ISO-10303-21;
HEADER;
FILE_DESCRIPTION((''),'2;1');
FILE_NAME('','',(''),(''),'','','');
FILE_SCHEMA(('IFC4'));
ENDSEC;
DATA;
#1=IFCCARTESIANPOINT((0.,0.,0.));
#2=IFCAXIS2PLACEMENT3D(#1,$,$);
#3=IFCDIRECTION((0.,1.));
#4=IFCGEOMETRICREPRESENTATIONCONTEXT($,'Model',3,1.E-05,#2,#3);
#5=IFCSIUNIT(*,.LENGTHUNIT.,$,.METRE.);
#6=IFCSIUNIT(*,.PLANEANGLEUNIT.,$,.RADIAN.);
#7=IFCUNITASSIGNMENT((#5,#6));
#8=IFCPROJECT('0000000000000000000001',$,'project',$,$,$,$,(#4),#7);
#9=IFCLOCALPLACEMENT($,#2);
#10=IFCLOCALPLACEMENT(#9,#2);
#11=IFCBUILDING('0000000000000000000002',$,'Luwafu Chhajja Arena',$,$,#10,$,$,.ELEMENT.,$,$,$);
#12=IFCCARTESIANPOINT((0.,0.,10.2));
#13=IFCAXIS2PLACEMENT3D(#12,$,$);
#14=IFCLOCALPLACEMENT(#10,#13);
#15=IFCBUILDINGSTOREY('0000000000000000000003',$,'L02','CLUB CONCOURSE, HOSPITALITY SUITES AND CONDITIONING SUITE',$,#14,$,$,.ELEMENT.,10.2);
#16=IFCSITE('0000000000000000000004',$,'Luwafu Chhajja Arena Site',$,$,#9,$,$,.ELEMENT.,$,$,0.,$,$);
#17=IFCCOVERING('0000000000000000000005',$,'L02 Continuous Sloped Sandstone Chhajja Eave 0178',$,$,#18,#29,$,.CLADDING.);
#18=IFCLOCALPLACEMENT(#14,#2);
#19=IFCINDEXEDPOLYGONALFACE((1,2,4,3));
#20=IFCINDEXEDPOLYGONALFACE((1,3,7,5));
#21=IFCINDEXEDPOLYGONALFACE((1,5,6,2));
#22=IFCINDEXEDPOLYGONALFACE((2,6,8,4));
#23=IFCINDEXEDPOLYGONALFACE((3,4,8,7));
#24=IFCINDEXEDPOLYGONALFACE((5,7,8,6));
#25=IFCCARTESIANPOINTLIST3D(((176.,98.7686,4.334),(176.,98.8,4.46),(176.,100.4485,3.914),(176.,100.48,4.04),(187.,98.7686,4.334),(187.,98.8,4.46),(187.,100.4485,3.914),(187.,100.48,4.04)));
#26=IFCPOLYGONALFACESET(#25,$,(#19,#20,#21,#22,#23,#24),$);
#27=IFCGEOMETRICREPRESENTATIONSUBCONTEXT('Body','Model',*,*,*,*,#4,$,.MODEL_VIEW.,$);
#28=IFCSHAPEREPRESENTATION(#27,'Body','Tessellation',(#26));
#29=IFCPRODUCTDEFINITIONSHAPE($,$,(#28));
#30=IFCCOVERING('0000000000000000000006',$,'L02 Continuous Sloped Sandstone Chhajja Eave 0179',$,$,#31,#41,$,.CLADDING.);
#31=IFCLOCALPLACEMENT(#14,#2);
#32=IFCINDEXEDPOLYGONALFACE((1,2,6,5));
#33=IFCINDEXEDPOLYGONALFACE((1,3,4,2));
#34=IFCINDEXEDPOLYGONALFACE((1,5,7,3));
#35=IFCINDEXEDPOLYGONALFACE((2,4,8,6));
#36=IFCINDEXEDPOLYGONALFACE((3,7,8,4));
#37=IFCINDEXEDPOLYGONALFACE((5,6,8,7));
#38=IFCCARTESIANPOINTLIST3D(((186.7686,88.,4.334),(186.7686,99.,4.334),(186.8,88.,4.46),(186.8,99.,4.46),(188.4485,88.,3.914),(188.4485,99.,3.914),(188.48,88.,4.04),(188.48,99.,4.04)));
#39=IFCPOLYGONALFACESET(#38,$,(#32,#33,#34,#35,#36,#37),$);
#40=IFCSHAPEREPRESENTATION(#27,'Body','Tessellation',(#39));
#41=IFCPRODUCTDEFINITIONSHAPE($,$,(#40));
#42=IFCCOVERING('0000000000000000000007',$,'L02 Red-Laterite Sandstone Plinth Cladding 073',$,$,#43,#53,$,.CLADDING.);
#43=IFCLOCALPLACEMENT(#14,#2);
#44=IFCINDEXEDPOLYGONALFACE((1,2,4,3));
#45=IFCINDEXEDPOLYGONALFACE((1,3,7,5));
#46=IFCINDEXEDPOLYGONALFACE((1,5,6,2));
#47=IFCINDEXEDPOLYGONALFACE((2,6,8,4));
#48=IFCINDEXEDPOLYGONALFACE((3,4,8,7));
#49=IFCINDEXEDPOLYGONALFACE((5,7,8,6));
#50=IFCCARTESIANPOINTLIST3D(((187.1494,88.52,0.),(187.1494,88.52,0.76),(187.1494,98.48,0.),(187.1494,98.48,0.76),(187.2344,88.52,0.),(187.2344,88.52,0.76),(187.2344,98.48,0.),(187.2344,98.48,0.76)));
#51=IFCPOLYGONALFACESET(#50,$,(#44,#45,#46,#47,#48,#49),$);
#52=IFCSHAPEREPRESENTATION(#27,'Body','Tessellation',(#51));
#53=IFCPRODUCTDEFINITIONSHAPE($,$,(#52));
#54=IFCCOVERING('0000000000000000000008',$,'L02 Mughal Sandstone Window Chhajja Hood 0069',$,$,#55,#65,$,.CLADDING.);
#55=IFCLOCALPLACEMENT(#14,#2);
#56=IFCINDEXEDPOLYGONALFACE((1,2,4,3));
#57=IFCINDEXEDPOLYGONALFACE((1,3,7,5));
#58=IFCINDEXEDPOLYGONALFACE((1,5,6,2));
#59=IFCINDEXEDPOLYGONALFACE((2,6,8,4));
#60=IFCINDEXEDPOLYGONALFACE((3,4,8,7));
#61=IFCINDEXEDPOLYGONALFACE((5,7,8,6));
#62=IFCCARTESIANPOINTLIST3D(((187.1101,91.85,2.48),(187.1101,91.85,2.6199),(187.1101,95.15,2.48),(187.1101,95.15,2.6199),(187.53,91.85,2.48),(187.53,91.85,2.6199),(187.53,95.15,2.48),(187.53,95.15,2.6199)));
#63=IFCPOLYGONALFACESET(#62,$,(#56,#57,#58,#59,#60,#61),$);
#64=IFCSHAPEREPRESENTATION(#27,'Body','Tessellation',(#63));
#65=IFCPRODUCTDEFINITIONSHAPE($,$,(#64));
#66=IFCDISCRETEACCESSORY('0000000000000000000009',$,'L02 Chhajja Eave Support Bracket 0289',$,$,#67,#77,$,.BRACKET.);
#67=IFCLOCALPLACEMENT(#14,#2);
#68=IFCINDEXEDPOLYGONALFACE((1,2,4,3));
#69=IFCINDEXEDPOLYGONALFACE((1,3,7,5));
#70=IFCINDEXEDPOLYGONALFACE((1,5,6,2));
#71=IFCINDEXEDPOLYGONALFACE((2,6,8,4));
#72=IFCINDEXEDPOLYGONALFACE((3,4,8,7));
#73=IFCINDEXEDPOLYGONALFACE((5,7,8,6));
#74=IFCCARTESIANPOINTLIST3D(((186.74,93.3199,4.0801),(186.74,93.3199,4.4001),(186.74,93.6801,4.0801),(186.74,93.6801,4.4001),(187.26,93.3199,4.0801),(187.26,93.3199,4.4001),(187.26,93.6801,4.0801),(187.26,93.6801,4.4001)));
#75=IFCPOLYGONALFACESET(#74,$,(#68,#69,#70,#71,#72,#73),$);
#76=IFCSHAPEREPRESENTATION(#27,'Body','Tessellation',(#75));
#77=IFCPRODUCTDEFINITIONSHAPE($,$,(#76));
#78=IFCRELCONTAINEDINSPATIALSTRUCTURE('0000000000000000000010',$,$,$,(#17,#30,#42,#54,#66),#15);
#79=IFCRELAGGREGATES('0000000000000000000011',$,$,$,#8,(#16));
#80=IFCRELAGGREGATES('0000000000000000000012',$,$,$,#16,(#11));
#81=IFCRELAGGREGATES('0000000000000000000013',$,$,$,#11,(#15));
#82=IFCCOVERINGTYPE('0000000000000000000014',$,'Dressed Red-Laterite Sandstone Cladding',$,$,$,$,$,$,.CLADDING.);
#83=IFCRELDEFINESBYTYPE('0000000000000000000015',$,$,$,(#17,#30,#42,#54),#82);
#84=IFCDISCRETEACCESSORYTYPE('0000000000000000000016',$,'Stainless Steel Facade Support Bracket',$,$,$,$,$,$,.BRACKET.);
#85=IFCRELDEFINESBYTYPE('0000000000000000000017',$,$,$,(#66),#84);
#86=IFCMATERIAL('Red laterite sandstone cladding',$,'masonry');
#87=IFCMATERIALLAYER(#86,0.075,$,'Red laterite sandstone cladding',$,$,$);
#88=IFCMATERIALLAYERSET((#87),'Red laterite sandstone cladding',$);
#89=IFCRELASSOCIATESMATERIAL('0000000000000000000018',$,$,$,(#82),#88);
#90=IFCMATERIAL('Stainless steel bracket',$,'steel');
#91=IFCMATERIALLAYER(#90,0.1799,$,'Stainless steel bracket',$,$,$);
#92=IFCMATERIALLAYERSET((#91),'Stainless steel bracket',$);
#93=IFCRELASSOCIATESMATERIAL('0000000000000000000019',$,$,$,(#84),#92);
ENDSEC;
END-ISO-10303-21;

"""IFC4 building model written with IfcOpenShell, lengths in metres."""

from ifc_helpers import new_model, si_unit, direction, frame, origin, origin_2d, place, context, subcontext, project, spatial, polyline, rectangle, outline, extrude, material, layer, layer_set, type_object, element, save


model = new_model("IFC4")

# Units and contexts
model_context = context("Model", 3, precision=1e-05, world=origin(), true_north=direction((0.0, 1.0)))
body_context = subcontext(model_context, "Body", "Model", "MODEL_VIEW")
ifc_project = project(units=[si_unit("LENGTHUNIT", "METRE"), si_unit("PLANEANGLEUNIT", "RADIAN")], contexts=[model_context])

# Site, building, storey
site_placement = place(None, origin())
site = spatial("IfcSite", under=ifc_project, at=site_placement, Name="Luwafu Chhajja Arena Site", CompositionType="ELEMENT", RefElevation=0.0)
building_placement = place(site_placement, origin())
building = spatial("IfcBuilding", under=site, at=building_placement, Name="Luwafu Chhajja Arena", CompositionType="ELEMENT")
storey_placement = place(building_placement, frame((0.0, 0.0, 10.2)))
storey = spatial("IfcBuildingStorey", under=building, at=storey_placement, Name="L02", Description="CLUB CONCOURSE, HOSPITALITY SUITES AND CONDITIONING SUITE", CompositionType="ELEMENT", Elevation=10.2)

# Coverings
ifc_material_1 = material(Name="Red laterite sandstone cladding", Category="masonry")
ifc_layer_1 = layer(ifc_material_1, 0.075, Name="Red laterite sandstone cladding")
ifc_layer_set_1 = layer_set([ifc_layer_1], Name="Red laterite sandstone cladding")
covering_type = type_object("IfcCoveringType", Name="Dressed Red-Laterite Sandstone Cladding", PredefinedType="CLADDING", material=ifc_layer_set_1)
covering_1_placement = place(storey_placement, frame((176.0, 98.8, 4.46), z_axis=(0.0, 0.242502, 0.970151), x_axis=(1.0, 0.0, 0.0)))
element("IfcCovering", 1, at=covering_1_placement, inside=storey, type_object=covering_type, Name="L02 Continuous Sloped Sandstone Chhajja Eave 0178", PredefinedType="CLADDING", context=body_context, shape_type="SweptSolid", body=[
    extrude(outline(polyline([(0.0, 0.0), (11.0, 0.0), (11.0, 1.7316), (0.0, 1.7316), (0.0, 0.0)])), origin(), (0.0, 0.0, -1.0), 0.1299),
])
covering_2_placement = place(storey_placement, frame((186.8, 88.0, 4.46), z_axis=(0.242502, 0.0, 0.970151), x_axis=(0.0, 1.0, 0.0)))
element("IfcCovering", 2, at=covering_2_placement, inside=storey, type_object=covering_type, Name="L02 Continuous Sloped Sandstone Chhajja Eave 0179", PredefinedType="CLADDING", context=body_context, shape_type="SweptSolid", body=[
    extrude(outline(polyline([(0.0, 0.0), (11.0, 0.0), (11.0, -1.7316), (0.0, -1.7316), (0.0, 0.0)])), origin(), (0.0, 0.0, -1.0), 0.1299),
])
covering_3_placement = place(storey_placement, frame((187.1919, 93.5, 0.0), z_axis=(0.0, 0.0, 1.0), x_axis=(0.0, 1.0, 0.0)))
element("IfcCovering", 3, at=covering_3_placement, inside=storey, type_object=covering_type, Name="L02 Red-Laterite Sandstone Plinth Cladding 073", PredefinedType="CLADDING", context=body_context, shape_type="SweptSolid", body=[
    extrude(rectangle(XDim=9.96, YDim=0.085, at=origin_2d()), origin(), (0.0, 0.0, 1.0), 0.76),
])
covering_4_placement = place(storey_placement, frame((187.3201, 93.5, 2.48), z_axis=(0.0, 0.0, 1.0), x_axis=(0.0, 1.0, 0.0)))
element("IfcCovering", 4, at=covering_4_placement, inside=storey, type_object=covering_type, Name="L02 Mughal Sandstone Window Chhajja Hood 0069", PredefinedType="CLADDING", context=body_context, shape_type="SweptSolid", body=[
    extrude(rectangle(XDim=3.3, YDim=0.4199, at=origin_2d()), origin(), (0.0, 0.0, 1.0), 0.1399),
])

# Discrete accessory
ifc_material_2 = material(Name="Stainless steel bracket", Category="steel")
ifc_layer_2 = layer(ifc_material_2, 0.1799, Name="Stainless steel bracket")
ifc_layer_set_2 = layer_set([ifc_layer_2], Name="Stainless steel bracket")
discrete_accessory_type = type_object("IfcDiscreteAccessoryType", Name="Stainless Steel Facade Support Bracket", PredefinedType="BRACKET", material=ifc_layer_set_2)
discrete_accessory_placement = place(storey_placement, frame((187.0, 93.5, 4.0801), z_axis=(0.0, 0.0, 1.0), x_axis=(0.0, 1.0, 0.0)))
element("IfcDiscreteAccessory", 5, at=discrete_accessory_placement, inside=storey, type_object=discrete_accessory_type, Name="L02 Chhajja Eave Support Bracket 0289", PredefinedType="BRACKET", context=body_context, shape_type="SweptSolid", body=[
    extrude(rectangle(XDim=0.3601, YDim=0.52, at=origin_2d()), origin(), (0.0, 0.0, 1.0), 0.3201),
])

save(model, "model.ifc")
